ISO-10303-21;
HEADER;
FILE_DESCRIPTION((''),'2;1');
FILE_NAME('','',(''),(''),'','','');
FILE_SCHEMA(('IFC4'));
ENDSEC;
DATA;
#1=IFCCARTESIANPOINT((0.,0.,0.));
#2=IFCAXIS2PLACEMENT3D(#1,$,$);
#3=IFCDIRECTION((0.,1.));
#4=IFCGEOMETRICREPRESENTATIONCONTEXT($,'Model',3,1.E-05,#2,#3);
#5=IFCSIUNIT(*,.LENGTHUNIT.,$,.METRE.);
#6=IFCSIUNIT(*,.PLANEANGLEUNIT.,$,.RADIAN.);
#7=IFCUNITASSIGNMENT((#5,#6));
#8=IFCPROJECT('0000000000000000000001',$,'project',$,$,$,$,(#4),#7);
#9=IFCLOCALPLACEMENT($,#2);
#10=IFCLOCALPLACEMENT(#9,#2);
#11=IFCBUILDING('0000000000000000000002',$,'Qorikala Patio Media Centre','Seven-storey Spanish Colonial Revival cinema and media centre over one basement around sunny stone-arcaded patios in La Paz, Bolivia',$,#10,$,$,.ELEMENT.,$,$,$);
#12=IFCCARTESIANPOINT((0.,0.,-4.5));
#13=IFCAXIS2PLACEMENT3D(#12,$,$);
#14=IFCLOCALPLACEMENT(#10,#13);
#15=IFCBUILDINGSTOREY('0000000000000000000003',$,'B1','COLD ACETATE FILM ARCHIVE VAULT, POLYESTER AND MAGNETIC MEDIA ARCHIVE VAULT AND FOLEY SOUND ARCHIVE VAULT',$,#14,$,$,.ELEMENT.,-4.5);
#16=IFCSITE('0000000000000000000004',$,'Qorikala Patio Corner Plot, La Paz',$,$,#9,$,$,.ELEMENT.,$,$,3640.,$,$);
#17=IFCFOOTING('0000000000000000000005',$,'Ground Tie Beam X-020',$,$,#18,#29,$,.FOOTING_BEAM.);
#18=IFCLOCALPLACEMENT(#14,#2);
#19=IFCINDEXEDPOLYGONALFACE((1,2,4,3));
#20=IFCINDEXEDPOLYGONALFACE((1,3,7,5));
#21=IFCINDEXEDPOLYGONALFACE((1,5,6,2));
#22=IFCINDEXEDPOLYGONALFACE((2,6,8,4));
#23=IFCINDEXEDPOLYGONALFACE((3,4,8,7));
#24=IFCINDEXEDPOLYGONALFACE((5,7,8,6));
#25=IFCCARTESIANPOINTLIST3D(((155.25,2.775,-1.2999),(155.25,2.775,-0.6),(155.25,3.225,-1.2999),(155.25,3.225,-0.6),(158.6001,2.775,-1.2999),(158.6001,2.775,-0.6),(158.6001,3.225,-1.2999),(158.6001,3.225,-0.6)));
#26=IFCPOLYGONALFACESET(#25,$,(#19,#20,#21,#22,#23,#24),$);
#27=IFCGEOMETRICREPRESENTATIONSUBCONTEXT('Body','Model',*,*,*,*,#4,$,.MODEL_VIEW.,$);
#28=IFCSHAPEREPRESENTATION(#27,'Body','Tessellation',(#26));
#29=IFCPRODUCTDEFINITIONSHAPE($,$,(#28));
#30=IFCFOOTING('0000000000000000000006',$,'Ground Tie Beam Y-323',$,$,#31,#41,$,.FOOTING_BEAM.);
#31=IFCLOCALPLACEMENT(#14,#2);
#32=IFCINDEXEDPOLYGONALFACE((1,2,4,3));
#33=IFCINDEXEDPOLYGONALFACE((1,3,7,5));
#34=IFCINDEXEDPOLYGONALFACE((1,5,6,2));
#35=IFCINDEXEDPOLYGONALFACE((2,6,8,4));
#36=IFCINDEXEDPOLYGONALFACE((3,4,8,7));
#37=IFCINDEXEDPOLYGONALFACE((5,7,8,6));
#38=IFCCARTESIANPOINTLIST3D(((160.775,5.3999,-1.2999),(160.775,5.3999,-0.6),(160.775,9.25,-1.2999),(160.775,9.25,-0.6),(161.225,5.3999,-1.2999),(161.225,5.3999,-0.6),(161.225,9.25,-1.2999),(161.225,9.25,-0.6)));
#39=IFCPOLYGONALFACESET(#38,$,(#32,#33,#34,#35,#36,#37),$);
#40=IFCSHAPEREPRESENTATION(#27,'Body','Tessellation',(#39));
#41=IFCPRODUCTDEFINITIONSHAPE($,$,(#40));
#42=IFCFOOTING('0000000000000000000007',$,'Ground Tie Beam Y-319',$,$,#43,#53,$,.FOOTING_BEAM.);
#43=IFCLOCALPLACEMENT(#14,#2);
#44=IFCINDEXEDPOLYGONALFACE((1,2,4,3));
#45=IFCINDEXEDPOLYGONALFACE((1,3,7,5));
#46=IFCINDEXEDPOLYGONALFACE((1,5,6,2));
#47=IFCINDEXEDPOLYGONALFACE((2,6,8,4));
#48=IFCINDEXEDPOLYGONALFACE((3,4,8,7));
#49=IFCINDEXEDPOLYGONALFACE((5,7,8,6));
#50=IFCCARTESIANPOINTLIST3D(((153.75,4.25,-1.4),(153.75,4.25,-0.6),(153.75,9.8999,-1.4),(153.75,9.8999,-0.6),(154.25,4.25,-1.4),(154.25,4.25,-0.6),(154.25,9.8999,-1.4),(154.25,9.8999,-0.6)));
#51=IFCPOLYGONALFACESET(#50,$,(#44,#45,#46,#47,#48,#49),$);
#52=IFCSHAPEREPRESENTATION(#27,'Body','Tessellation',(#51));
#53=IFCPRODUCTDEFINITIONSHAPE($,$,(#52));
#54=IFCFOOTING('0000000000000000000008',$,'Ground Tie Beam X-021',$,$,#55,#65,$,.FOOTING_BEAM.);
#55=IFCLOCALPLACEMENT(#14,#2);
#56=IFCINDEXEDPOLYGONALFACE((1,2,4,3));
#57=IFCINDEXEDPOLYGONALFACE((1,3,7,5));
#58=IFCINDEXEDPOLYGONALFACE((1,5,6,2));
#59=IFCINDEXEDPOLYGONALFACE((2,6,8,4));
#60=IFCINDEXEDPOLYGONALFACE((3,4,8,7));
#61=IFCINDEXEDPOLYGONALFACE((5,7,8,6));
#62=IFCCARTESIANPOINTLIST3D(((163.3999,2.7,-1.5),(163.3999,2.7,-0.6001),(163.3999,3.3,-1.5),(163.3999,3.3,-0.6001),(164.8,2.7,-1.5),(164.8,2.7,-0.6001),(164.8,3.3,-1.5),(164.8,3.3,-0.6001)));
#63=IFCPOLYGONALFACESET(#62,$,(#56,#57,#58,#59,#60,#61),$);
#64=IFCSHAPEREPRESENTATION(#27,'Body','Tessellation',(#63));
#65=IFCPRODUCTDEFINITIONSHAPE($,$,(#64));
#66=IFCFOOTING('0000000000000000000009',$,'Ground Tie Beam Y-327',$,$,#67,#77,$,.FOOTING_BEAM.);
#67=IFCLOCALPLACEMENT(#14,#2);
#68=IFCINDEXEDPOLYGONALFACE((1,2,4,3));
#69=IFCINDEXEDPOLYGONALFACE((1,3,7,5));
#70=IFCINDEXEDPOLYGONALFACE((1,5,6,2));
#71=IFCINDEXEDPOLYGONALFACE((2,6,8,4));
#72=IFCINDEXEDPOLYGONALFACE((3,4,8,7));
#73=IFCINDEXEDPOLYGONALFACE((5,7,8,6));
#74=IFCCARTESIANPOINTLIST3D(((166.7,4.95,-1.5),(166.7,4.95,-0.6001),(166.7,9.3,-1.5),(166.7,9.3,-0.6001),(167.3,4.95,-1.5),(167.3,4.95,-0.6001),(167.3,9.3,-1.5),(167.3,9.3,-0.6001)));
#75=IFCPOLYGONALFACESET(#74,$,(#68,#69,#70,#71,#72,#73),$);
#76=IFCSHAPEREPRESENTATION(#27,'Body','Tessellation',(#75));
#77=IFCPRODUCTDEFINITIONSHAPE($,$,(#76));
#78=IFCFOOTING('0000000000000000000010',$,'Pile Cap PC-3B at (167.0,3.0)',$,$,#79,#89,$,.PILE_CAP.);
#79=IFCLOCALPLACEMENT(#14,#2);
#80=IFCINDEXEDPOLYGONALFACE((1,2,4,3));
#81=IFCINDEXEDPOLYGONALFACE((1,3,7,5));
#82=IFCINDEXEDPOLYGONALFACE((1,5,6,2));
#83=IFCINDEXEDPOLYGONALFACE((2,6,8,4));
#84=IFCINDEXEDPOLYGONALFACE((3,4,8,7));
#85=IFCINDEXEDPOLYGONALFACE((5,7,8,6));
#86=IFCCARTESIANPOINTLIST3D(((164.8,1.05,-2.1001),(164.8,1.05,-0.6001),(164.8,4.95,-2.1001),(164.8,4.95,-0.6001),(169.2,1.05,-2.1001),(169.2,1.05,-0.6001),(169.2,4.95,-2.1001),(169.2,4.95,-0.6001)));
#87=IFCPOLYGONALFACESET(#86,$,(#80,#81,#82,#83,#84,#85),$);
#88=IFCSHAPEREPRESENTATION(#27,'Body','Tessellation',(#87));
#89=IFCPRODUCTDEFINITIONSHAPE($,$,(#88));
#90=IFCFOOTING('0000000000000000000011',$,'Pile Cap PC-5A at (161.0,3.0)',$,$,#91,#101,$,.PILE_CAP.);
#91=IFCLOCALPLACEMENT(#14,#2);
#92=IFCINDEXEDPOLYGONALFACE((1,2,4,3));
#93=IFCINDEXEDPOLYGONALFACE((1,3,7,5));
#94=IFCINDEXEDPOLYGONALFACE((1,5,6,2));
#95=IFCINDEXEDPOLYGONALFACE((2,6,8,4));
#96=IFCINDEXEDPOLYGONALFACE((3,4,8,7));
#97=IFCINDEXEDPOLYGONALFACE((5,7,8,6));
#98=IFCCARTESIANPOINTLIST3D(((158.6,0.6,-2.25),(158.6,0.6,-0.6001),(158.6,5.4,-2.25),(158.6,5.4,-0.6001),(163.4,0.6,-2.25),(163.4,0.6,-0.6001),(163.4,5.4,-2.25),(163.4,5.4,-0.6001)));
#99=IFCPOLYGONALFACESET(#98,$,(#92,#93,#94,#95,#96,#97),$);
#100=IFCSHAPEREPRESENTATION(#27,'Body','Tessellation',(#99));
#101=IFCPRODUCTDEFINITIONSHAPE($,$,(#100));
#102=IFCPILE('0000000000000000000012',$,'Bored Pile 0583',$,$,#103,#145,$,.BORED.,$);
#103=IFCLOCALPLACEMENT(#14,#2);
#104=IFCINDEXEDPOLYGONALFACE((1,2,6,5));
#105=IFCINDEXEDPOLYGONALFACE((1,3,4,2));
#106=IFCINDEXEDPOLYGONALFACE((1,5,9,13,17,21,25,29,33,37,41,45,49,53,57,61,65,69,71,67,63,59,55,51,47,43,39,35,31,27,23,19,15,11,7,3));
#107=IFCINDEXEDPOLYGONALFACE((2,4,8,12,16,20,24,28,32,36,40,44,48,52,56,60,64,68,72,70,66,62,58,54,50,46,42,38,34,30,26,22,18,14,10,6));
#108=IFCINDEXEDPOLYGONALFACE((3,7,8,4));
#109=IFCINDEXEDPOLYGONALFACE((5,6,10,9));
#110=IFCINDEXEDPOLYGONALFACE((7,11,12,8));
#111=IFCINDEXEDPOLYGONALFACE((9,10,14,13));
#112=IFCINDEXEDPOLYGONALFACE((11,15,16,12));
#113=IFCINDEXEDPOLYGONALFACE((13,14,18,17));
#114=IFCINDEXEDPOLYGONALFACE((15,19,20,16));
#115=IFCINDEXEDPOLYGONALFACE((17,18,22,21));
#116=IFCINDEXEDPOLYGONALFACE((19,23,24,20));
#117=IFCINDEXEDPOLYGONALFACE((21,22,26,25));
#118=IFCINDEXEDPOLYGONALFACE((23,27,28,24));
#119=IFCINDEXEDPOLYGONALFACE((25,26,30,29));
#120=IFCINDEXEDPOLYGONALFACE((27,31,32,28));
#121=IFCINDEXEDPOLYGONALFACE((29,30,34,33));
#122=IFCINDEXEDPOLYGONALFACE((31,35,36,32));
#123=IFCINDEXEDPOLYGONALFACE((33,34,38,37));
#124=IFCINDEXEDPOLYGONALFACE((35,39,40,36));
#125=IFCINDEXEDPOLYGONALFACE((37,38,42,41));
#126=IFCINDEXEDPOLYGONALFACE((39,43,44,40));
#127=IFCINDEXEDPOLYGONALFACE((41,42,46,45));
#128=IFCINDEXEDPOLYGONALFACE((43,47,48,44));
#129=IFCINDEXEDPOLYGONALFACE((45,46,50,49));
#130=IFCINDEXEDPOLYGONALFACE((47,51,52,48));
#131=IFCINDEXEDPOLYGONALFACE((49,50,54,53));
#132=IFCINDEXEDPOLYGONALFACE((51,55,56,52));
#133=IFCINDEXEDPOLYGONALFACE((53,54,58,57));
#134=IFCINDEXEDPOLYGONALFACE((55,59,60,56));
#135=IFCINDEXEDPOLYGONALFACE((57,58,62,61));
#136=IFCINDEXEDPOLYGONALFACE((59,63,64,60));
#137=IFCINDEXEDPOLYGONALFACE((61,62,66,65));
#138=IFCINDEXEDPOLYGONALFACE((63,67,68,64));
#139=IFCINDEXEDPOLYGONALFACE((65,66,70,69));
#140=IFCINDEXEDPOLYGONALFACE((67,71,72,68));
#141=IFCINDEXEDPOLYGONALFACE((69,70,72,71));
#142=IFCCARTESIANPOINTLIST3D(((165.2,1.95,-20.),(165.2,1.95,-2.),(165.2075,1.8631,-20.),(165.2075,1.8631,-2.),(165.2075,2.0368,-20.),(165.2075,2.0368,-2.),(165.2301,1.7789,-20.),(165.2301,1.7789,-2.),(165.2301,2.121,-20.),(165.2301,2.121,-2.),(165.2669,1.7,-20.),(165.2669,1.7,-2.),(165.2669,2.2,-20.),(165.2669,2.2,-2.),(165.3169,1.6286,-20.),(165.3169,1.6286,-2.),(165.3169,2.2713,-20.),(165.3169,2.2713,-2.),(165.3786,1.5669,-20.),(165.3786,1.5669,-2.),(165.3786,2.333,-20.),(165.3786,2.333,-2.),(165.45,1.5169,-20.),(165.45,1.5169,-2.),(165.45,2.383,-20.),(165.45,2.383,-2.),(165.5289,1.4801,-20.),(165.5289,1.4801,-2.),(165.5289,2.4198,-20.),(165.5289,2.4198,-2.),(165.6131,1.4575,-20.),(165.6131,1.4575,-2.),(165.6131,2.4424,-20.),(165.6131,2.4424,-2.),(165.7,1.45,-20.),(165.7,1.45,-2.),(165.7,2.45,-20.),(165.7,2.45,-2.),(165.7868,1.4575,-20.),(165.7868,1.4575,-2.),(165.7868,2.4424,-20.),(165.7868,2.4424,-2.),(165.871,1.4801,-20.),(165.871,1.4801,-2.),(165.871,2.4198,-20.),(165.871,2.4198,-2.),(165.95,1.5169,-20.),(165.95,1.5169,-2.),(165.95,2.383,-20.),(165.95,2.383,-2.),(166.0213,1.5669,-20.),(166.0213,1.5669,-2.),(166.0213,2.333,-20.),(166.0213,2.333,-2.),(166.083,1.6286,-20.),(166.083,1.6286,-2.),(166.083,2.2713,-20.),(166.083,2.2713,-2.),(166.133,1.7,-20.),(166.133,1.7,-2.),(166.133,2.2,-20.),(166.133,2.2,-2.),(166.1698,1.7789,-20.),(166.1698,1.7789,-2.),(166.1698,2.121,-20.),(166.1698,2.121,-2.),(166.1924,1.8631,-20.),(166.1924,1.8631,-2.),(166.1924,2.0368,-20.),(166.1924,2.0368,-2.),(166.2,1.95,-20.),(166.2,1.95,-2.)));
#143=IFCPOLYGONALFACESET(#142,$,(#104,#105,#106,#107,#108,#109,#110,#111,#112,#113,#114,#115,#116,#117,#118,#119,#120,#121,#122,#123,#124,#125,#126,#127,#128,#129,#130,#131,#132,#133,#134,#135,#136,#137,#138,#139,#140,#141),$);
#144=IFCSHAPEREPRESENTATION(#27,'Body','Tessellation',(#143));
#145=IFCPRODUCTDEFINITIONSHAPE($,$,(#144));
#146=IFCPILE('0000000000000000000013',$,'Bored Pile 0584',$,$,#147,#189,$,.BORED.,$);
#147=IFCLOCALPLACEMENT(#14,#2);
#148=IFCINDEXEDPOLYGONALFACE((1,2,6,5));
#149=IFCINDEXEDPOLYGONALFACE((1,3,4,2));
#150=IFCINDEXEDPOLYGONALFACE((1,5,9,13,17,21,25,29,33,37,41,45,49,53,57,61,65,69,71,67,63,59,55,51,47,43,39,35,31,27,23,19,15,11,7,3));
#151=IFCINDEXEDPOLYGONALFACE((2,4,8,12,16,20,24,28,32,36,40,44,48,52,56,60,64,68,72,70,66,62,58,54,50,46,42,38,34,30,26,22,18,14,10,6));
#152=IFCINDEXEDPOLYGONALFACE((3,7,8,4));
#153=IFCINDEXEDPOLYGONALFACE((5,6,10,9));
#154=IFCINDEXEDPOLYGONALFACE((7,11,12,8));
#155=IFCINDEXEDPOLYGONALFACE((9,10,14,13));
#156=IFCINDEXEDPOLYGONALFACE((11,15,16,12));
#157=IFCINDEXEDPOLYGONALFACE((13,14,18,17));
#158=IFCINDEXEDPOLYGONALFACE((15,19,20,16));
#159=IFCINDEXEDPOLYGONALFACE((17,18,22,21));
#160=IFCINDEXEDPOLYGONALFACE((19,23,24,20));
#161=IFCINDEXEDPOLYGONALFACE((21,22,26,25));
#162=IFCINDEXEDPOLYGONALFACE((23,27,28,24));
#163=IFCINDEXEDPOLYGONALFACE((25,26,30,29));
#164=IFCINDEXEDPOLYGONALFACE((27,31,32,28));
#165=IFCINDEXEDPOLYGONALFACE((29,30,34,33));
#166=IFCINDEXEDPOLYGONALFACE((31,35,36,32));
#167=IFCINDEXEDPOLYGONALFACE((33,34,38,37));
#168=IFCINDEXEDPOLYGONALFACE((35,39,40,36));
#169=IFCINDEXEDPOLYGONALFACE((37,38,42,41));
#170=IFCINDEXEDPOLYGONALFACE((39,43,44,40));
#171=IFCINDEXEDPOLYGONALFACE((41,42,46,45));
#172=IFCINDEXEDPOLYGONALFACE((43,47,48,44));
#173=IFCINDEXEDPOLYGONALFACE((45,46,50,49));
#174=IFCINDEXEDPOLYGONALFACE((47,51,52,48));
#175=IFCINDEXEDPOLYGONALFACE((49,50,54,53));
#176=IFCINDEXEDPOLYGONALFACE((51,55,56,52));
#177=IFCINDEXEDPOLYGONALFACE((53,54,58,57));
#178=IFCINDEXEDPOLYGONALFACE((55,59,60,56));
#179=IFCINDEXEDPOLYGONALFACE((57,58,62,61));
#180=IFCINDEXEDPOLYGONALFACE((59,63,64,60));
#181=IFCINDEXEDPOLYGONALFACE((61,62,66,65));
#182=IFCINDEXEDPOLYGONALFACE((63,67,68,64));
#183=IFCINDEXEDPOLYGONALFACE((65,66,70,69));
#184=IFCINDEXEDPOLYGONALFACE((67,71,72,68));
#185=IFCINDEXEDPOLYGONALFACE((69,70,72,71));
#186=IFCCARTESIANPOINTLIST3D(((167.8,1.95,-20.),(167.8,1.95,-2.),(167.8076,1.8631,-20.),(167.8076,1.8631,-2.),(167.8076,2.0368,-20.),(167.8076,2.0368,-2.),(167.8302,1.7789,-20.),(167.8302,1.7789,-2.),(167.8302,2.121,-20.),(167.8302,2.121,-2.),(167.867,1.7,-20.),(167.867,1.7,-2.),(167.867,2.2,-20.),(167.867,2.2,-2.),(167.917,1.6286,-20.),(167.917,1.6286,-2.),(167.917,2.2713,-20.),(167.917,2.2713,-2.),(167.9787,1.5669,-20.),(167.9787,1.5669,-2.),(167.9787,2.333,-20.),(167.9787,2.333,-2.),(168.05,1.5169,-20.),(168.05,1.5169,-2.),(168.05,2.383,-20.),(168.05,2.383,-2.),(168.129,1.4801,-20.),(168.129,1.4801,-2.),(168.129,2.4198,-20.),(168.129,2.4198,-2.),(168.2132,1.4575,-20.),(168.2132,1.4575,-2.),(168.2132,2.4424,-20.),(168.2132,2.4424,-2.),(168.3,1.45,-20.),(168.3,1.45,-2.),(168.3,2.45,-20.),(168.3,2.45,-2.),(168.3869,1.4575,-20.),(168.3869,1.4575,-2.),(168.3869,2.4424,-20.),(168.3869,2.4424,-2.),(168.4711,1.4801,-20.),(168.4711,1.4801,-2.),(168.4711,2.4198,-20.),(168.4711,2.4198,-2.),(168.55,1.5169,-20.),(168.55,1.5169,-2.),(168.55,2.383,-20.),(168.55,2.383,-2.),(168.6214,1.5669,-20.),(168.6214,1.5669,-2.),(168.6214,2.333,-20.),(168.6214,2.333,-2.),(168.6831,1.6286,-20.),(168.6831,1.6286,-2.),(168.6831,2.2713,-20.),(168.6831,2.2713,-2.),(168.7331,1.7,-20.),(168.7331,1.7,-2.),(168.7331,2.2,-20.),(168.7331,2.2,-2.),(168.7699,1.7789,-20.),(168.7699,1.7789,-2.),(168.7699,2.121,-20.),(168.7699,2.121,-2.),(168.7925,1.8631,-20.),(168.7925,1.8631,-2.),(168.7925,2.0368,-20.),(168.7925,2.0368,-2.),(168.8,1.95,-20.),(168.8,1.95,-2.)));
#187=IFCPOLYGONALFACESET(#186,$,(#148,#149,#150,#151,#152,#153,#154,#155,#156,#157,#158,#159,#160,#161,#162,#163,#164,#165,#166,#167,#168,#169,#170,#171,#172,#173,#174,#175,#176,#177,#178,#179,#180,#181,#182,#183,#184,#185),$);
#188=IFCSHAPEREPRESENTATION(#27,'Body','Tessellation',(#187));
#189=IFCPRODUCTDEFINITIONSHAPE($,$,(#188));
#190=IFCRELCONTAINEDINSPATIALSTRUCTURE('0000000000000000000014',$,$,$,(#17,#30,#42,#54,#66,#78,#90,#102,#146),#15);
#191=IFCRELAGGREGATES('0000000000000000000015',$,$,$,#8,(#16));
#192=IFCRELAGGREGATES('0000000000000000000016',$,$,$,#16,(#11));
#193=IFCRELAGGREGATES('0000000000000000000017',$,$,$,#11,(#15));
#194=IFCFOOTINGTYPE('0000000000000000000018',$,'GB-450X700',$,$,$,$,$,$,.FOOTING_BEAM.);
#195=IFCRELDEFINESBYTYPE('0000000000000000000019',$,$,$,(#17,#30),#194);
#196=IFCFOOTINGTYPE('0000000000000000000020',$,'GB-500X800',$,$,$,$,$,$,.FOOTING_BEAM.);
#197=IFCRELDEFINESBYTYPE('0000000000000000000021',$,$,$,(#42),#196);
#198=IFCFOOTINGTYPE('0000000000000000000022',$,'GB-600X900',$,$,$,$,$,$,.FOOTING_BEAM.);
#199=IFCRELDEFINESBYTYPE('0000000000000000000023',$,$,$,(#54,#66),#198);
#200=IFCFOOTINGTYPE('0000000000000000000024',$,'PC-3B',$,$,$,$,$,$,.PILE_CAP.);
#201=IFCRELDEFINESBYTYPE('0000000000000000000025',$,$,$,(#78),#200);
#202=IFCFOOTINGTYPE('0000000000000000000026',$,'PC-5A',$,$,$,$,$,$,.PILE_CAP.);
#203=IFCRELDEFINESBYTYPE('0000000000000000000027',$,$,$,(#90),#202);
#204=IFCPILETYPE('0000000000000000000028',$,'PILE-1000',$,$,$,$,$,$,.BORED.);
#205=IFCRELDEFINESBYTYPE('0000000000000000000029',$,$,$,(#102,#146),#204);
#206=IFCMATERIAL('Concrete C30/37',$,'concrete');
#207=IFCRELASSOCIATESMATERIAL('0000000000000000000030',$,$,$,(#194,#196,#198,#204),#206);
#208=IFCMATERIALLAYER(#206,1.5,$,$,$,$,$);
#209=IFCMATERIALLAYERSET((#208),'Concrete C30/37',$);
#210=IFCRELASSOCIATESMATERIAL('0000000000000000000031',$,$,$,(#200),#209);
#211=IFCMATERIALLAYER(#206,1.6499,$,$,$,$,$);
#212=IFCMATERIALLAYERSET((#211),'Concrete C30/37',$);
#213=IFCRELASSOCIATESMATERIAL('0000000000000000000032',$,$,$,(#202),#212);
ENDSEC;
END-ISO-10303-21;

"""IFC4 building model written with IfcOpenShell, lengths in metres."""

from ifc_helpers import new_model, si_unit, direction, frame, origin, origin_2d, place, context, subcontext, project, spatial, rectangle, circle, extrude, material, layer, layer_set, material_profile, profile_set, type_object, element, save


model = new_model("IFC4")

# Units and contexts
model_context = context("Model", 3, precision=1e-05, world=origin(), true_north=direction((0.0, 1.0)))
body_context = subcontext(model_context, "Body", "Model", "MODEL_VIEW")
ifc_project = project(units=[si_unit("LENGTHUNIT", "METRE"), si_unit("PLANEANGLEUNIT", "RADIAN")], contexts=[model_context])

# Site, building, storey
site_placement = place(None, origin())
site = spatial("IfcSite", under=ifc_project, at=site_placement, Name="Qorikala Patio Corner Plot, La Paz", CompositionType="ELEMENT", RefElevation=3640.0)
building_placement = place(site_placement, origin())
building = spatial("IfcBuilding", under=site, at=building_placement, Name="Qorikala Patio Media Centre", Description="Seven-storey Spanish Colonial Revival cinema and media centre over one basement around sunny stone-arcaded patios in La Paz, Bolivia", CompositionType="ELEMENT")
storey_placement = place(building_placement, frame((0.0, 0.0, -4.5)))
storey = spatial("IfcBuildingStorey", under=building, at=storey_placement, Name="B1", Description="COLD ACETATE FILM ARCHIVE VAULT, POLYESTER AND MAGNETIC MEDIA ARCHIVE VAULT AND FOLEY SOUND ARCHIVE VAULT", CompositionType="ELEMENT", Elevation=-4.5)

# Footings
ifc_material_1 = material(Name="Concrete C30/37", Category="concrete")
ifc_material_profile_1 = material_profile(ifc_material_1, rectangle(XDim=0.45, YDim=0.7, at=origin_2d()), Name="RC 450x700")
ifc_profile_set_1 = profile_set([ifc_material_profile_1], Name="Concrete C30/37")
footing_type_1 = type_object("IfcFootingType", Name="GB-450X700", PredefinedType="FOOTING_BEAM", material=ifc_profile_set_1)
footing_1_placement = place(storey_placement, frame((155.25, 3.0, -0.95), z_axis=(1.0, 0.0, 0.0), x_axis=(0.0, 1.0, 0.0)))
element("IfcFooting", 1, at=footing_1_placement, inside=storey, type_object=footing_type_1, Name="Ground Tie Beam X-020", PredefinedType="FOOTING_BEAM", context=body_context, shape_type="SweptSolid", body=[
    extrude(rectangle(XDim=0.45, YDim=0.7, at=origin_2d()), origin(), (0.0, 0.0, 1.0), 3.3501),
])
footing_2_placement = place(storey_placement, frame((161.0, 5.3999, -0.95), z_axis=(0.0, 1.0, 0.0), x_axis=(-1.0, 0.0, 0.0)))
element("IfcFooting", 2, at=footing_2_placement, inside=storey, type_object=footing_type_1, Name="Ground Tie Beam Y-323", PredefinedType="FOOTING_BEAM", context=body_context, shape_type="SweptSolid", body=[
    extrude(rectangle(XDim=0.45, YDim=0.7, at=origin_2d()), origin(), (0.0, 0.0, 1.0), 3.8501),
])
ifc_material_profile_2 = material_profile(ifc_material_1, rectangle(XDim=0.5, YDim=0.8, at=origin_2d()), Name="RC 500x800")
ifc_profile_set_2 = profile_set([ifc_material_profile_2], Name="Concrete C30/37")
footing_type_2 = type_object("IfcFootingType", Name="GB-500X800", PredefinedType="FOOTING_BEAM", material=ifc_profile_set_2)
footing_3_placement = place(storey_placement, frame((154.0, 4.25, -1.0), z_axis=(0.0, 1.0, 0.0), x_axis=(-1.0, 0.0, 0.0)))
element("IfcFooting", 3, at=footing_3_placement, inside=storey, type_object=footing_type_2, Name="Ground Tie Beam Y-319", PredefinedType="FOOTING_BEAM", context=body_context, shape_type="SweptSolid", body=[
    extrude(rectangle(XDim=0.5, YDim=0.8, at=origin_2d()), origin(), (0.0, 0.0, 1.0), 5.6499),
])
ifc_material_profile_3 = material_profile(ifc_material_1, rectangle(XDim=0.6001, YDim=0.8999, at=origin_2d()), Name="RC 600x900")
ifc_profile_set_3 = profile_set([ifc_material_profile_3], Name="Concrete C30/37")
footing_type_3 = type_object("IfcFootingType", Name="GB-600X900", PredefinedType="FOOTING_BEAM", material=ifc_profile_set_3)
footing_4_placement = place(storey_placement, frame((163.3999, 3.0, -1.05), z_axis=(1.0, 0.0, 0.0), x_axis=(0.0, 1.0, 0.0)))
element("IfcFooting", 4, at=footing_4_placement, inside=storey, type_object=footing_type_3, Name="Ground Tie Beam X-021", PredefinedType="FOOTING_BEAM", context=body_context, shape_type="SweptSolid", body=[
    extrude(rectangle(XDim=0.6001, YDim=0.8999, at=origin_2d()), origin(), (0.0, 0.0, 1.0), 1.4001),
])
footing_5_placement = place(storey_placement, frame((167.0, 4.95, -1.05), z_axis=(0.0, 1.0, 0.0), x_axis=(-1.0, 0.0, 0.0)))
element("IfcFooting", 5, at=footing_5_placement, inside=storey, type_object=footing_type_3, Name="Ground Tie Beam Y-327", PredefinedType="FOOTING_BEAM", context=body_context, shape_type="SweptSolid", body=[
    extrude(rectangle(XDim=0.6001, YDim=0.8999, at=origin_2d()), origin(), (0.0, 0.0, 1.0), 4.3501),
])
ifc_layer_1 = layer(ifc_material_1, 1.5)
ifc_layer_set_1 = layer_set([ifc_layer_1], Name="Concrete C30/37")
footing_type_4 = type_object("IfcFootingType", Name="PC-3B", PredefinedType="PILE_CAP", material=ifc_layer_set_1)
footing_6_placement = place(storey_placement, frame((167.0, 3.0, -2.1001), z_axis=(0.0, 0.0, 1.0), x_axis=(1.0, 0.0, 0.0)))
element("IfcFooting", 6, at=footing_6_placement, inside=storey, type_object=footing_type_4, Name="Pile Cap PC-3B at (167.0,3.0)", PredefinedType="PILE_CAP", context=body_context, shape_type="SweptSolid", body=[
    extrude(rectangle(XDim=4.3999, YDim=3.8999, at=origin_2d()), origin(), (0.0, 0.0, 1.0), 1.5),
])
ifc_layer_2 = layer(ifc_material_1, 1.6499)
ifc_layer_set_2 = layer_set([ifc_layer_2], Name="Concrete C30/37")
footing_type_5 = type_object("IfcFootingType", Name="PC-5A", PredefinedType="PILE_CAP", material=ifc_layer_set_2)
footing_7_placement = place(storey_placement, frame((161.0, 3.0, -2.25), z_axis=(0.0, 0.0, 1.0), x_axis=(1.0, 0.0, 0.0)))
element("IfcFooting", 7, at=footing_7_placement, inside=storey, type_object=footing_type_5, Name="Pile Cap PC-5A at (161.0,3.0)", PredefinedType="PILE_CAP", context=body_context, shape_type="SweptSolid", body=[
    extrude(rectangle(XDim=4.8, YDim=4.8, at=origin_2d()), origin(), (0.0, 0.0, 1.0), 1.6499),
])

# Piles
ifc_material_profile_4 = material_profile(ifc_material_1, circle(Radius=0.5, at=origin_2d()), Name="BORED PILE 1000")
ifc_profile_set_4 = profile_set([ifc_material_profile_4], Name="Concrete C30/37")
pile_type_1 = type_object("IfcPileType", Name="PILE-1000", PredefinedType="BORED", material=ifc_profile_set_4)
for number, where, z_axis, x_axis, name in (
    (8, (165.7, 1.95, -2.0), (0.0, 0.0, -1.0), (1.0, 0.0, 0.0), "Bored Pile 0583"),
    (9, (168.3, 1.95, -2.0), (0.0, 0.0, -1.0), (1.0, 0.0, 0.0), "Bored Pile 0584"),
):
    element("IfcPile", number, at=place(storey_placement, frame(where, z_axis=z_axis, x_axis=x_axis)), inside=storey, type_object=pile_type_1, Name=name, PredefinedType="BORED", context=body_context, shape_type="SweptSolid", body=[
        extrude(circle(Radius=0.5, at=origin_2d()), origin(), (0.0, 0.0, 1.0), 18.0),
    ])

save(model, "model.ifc")
